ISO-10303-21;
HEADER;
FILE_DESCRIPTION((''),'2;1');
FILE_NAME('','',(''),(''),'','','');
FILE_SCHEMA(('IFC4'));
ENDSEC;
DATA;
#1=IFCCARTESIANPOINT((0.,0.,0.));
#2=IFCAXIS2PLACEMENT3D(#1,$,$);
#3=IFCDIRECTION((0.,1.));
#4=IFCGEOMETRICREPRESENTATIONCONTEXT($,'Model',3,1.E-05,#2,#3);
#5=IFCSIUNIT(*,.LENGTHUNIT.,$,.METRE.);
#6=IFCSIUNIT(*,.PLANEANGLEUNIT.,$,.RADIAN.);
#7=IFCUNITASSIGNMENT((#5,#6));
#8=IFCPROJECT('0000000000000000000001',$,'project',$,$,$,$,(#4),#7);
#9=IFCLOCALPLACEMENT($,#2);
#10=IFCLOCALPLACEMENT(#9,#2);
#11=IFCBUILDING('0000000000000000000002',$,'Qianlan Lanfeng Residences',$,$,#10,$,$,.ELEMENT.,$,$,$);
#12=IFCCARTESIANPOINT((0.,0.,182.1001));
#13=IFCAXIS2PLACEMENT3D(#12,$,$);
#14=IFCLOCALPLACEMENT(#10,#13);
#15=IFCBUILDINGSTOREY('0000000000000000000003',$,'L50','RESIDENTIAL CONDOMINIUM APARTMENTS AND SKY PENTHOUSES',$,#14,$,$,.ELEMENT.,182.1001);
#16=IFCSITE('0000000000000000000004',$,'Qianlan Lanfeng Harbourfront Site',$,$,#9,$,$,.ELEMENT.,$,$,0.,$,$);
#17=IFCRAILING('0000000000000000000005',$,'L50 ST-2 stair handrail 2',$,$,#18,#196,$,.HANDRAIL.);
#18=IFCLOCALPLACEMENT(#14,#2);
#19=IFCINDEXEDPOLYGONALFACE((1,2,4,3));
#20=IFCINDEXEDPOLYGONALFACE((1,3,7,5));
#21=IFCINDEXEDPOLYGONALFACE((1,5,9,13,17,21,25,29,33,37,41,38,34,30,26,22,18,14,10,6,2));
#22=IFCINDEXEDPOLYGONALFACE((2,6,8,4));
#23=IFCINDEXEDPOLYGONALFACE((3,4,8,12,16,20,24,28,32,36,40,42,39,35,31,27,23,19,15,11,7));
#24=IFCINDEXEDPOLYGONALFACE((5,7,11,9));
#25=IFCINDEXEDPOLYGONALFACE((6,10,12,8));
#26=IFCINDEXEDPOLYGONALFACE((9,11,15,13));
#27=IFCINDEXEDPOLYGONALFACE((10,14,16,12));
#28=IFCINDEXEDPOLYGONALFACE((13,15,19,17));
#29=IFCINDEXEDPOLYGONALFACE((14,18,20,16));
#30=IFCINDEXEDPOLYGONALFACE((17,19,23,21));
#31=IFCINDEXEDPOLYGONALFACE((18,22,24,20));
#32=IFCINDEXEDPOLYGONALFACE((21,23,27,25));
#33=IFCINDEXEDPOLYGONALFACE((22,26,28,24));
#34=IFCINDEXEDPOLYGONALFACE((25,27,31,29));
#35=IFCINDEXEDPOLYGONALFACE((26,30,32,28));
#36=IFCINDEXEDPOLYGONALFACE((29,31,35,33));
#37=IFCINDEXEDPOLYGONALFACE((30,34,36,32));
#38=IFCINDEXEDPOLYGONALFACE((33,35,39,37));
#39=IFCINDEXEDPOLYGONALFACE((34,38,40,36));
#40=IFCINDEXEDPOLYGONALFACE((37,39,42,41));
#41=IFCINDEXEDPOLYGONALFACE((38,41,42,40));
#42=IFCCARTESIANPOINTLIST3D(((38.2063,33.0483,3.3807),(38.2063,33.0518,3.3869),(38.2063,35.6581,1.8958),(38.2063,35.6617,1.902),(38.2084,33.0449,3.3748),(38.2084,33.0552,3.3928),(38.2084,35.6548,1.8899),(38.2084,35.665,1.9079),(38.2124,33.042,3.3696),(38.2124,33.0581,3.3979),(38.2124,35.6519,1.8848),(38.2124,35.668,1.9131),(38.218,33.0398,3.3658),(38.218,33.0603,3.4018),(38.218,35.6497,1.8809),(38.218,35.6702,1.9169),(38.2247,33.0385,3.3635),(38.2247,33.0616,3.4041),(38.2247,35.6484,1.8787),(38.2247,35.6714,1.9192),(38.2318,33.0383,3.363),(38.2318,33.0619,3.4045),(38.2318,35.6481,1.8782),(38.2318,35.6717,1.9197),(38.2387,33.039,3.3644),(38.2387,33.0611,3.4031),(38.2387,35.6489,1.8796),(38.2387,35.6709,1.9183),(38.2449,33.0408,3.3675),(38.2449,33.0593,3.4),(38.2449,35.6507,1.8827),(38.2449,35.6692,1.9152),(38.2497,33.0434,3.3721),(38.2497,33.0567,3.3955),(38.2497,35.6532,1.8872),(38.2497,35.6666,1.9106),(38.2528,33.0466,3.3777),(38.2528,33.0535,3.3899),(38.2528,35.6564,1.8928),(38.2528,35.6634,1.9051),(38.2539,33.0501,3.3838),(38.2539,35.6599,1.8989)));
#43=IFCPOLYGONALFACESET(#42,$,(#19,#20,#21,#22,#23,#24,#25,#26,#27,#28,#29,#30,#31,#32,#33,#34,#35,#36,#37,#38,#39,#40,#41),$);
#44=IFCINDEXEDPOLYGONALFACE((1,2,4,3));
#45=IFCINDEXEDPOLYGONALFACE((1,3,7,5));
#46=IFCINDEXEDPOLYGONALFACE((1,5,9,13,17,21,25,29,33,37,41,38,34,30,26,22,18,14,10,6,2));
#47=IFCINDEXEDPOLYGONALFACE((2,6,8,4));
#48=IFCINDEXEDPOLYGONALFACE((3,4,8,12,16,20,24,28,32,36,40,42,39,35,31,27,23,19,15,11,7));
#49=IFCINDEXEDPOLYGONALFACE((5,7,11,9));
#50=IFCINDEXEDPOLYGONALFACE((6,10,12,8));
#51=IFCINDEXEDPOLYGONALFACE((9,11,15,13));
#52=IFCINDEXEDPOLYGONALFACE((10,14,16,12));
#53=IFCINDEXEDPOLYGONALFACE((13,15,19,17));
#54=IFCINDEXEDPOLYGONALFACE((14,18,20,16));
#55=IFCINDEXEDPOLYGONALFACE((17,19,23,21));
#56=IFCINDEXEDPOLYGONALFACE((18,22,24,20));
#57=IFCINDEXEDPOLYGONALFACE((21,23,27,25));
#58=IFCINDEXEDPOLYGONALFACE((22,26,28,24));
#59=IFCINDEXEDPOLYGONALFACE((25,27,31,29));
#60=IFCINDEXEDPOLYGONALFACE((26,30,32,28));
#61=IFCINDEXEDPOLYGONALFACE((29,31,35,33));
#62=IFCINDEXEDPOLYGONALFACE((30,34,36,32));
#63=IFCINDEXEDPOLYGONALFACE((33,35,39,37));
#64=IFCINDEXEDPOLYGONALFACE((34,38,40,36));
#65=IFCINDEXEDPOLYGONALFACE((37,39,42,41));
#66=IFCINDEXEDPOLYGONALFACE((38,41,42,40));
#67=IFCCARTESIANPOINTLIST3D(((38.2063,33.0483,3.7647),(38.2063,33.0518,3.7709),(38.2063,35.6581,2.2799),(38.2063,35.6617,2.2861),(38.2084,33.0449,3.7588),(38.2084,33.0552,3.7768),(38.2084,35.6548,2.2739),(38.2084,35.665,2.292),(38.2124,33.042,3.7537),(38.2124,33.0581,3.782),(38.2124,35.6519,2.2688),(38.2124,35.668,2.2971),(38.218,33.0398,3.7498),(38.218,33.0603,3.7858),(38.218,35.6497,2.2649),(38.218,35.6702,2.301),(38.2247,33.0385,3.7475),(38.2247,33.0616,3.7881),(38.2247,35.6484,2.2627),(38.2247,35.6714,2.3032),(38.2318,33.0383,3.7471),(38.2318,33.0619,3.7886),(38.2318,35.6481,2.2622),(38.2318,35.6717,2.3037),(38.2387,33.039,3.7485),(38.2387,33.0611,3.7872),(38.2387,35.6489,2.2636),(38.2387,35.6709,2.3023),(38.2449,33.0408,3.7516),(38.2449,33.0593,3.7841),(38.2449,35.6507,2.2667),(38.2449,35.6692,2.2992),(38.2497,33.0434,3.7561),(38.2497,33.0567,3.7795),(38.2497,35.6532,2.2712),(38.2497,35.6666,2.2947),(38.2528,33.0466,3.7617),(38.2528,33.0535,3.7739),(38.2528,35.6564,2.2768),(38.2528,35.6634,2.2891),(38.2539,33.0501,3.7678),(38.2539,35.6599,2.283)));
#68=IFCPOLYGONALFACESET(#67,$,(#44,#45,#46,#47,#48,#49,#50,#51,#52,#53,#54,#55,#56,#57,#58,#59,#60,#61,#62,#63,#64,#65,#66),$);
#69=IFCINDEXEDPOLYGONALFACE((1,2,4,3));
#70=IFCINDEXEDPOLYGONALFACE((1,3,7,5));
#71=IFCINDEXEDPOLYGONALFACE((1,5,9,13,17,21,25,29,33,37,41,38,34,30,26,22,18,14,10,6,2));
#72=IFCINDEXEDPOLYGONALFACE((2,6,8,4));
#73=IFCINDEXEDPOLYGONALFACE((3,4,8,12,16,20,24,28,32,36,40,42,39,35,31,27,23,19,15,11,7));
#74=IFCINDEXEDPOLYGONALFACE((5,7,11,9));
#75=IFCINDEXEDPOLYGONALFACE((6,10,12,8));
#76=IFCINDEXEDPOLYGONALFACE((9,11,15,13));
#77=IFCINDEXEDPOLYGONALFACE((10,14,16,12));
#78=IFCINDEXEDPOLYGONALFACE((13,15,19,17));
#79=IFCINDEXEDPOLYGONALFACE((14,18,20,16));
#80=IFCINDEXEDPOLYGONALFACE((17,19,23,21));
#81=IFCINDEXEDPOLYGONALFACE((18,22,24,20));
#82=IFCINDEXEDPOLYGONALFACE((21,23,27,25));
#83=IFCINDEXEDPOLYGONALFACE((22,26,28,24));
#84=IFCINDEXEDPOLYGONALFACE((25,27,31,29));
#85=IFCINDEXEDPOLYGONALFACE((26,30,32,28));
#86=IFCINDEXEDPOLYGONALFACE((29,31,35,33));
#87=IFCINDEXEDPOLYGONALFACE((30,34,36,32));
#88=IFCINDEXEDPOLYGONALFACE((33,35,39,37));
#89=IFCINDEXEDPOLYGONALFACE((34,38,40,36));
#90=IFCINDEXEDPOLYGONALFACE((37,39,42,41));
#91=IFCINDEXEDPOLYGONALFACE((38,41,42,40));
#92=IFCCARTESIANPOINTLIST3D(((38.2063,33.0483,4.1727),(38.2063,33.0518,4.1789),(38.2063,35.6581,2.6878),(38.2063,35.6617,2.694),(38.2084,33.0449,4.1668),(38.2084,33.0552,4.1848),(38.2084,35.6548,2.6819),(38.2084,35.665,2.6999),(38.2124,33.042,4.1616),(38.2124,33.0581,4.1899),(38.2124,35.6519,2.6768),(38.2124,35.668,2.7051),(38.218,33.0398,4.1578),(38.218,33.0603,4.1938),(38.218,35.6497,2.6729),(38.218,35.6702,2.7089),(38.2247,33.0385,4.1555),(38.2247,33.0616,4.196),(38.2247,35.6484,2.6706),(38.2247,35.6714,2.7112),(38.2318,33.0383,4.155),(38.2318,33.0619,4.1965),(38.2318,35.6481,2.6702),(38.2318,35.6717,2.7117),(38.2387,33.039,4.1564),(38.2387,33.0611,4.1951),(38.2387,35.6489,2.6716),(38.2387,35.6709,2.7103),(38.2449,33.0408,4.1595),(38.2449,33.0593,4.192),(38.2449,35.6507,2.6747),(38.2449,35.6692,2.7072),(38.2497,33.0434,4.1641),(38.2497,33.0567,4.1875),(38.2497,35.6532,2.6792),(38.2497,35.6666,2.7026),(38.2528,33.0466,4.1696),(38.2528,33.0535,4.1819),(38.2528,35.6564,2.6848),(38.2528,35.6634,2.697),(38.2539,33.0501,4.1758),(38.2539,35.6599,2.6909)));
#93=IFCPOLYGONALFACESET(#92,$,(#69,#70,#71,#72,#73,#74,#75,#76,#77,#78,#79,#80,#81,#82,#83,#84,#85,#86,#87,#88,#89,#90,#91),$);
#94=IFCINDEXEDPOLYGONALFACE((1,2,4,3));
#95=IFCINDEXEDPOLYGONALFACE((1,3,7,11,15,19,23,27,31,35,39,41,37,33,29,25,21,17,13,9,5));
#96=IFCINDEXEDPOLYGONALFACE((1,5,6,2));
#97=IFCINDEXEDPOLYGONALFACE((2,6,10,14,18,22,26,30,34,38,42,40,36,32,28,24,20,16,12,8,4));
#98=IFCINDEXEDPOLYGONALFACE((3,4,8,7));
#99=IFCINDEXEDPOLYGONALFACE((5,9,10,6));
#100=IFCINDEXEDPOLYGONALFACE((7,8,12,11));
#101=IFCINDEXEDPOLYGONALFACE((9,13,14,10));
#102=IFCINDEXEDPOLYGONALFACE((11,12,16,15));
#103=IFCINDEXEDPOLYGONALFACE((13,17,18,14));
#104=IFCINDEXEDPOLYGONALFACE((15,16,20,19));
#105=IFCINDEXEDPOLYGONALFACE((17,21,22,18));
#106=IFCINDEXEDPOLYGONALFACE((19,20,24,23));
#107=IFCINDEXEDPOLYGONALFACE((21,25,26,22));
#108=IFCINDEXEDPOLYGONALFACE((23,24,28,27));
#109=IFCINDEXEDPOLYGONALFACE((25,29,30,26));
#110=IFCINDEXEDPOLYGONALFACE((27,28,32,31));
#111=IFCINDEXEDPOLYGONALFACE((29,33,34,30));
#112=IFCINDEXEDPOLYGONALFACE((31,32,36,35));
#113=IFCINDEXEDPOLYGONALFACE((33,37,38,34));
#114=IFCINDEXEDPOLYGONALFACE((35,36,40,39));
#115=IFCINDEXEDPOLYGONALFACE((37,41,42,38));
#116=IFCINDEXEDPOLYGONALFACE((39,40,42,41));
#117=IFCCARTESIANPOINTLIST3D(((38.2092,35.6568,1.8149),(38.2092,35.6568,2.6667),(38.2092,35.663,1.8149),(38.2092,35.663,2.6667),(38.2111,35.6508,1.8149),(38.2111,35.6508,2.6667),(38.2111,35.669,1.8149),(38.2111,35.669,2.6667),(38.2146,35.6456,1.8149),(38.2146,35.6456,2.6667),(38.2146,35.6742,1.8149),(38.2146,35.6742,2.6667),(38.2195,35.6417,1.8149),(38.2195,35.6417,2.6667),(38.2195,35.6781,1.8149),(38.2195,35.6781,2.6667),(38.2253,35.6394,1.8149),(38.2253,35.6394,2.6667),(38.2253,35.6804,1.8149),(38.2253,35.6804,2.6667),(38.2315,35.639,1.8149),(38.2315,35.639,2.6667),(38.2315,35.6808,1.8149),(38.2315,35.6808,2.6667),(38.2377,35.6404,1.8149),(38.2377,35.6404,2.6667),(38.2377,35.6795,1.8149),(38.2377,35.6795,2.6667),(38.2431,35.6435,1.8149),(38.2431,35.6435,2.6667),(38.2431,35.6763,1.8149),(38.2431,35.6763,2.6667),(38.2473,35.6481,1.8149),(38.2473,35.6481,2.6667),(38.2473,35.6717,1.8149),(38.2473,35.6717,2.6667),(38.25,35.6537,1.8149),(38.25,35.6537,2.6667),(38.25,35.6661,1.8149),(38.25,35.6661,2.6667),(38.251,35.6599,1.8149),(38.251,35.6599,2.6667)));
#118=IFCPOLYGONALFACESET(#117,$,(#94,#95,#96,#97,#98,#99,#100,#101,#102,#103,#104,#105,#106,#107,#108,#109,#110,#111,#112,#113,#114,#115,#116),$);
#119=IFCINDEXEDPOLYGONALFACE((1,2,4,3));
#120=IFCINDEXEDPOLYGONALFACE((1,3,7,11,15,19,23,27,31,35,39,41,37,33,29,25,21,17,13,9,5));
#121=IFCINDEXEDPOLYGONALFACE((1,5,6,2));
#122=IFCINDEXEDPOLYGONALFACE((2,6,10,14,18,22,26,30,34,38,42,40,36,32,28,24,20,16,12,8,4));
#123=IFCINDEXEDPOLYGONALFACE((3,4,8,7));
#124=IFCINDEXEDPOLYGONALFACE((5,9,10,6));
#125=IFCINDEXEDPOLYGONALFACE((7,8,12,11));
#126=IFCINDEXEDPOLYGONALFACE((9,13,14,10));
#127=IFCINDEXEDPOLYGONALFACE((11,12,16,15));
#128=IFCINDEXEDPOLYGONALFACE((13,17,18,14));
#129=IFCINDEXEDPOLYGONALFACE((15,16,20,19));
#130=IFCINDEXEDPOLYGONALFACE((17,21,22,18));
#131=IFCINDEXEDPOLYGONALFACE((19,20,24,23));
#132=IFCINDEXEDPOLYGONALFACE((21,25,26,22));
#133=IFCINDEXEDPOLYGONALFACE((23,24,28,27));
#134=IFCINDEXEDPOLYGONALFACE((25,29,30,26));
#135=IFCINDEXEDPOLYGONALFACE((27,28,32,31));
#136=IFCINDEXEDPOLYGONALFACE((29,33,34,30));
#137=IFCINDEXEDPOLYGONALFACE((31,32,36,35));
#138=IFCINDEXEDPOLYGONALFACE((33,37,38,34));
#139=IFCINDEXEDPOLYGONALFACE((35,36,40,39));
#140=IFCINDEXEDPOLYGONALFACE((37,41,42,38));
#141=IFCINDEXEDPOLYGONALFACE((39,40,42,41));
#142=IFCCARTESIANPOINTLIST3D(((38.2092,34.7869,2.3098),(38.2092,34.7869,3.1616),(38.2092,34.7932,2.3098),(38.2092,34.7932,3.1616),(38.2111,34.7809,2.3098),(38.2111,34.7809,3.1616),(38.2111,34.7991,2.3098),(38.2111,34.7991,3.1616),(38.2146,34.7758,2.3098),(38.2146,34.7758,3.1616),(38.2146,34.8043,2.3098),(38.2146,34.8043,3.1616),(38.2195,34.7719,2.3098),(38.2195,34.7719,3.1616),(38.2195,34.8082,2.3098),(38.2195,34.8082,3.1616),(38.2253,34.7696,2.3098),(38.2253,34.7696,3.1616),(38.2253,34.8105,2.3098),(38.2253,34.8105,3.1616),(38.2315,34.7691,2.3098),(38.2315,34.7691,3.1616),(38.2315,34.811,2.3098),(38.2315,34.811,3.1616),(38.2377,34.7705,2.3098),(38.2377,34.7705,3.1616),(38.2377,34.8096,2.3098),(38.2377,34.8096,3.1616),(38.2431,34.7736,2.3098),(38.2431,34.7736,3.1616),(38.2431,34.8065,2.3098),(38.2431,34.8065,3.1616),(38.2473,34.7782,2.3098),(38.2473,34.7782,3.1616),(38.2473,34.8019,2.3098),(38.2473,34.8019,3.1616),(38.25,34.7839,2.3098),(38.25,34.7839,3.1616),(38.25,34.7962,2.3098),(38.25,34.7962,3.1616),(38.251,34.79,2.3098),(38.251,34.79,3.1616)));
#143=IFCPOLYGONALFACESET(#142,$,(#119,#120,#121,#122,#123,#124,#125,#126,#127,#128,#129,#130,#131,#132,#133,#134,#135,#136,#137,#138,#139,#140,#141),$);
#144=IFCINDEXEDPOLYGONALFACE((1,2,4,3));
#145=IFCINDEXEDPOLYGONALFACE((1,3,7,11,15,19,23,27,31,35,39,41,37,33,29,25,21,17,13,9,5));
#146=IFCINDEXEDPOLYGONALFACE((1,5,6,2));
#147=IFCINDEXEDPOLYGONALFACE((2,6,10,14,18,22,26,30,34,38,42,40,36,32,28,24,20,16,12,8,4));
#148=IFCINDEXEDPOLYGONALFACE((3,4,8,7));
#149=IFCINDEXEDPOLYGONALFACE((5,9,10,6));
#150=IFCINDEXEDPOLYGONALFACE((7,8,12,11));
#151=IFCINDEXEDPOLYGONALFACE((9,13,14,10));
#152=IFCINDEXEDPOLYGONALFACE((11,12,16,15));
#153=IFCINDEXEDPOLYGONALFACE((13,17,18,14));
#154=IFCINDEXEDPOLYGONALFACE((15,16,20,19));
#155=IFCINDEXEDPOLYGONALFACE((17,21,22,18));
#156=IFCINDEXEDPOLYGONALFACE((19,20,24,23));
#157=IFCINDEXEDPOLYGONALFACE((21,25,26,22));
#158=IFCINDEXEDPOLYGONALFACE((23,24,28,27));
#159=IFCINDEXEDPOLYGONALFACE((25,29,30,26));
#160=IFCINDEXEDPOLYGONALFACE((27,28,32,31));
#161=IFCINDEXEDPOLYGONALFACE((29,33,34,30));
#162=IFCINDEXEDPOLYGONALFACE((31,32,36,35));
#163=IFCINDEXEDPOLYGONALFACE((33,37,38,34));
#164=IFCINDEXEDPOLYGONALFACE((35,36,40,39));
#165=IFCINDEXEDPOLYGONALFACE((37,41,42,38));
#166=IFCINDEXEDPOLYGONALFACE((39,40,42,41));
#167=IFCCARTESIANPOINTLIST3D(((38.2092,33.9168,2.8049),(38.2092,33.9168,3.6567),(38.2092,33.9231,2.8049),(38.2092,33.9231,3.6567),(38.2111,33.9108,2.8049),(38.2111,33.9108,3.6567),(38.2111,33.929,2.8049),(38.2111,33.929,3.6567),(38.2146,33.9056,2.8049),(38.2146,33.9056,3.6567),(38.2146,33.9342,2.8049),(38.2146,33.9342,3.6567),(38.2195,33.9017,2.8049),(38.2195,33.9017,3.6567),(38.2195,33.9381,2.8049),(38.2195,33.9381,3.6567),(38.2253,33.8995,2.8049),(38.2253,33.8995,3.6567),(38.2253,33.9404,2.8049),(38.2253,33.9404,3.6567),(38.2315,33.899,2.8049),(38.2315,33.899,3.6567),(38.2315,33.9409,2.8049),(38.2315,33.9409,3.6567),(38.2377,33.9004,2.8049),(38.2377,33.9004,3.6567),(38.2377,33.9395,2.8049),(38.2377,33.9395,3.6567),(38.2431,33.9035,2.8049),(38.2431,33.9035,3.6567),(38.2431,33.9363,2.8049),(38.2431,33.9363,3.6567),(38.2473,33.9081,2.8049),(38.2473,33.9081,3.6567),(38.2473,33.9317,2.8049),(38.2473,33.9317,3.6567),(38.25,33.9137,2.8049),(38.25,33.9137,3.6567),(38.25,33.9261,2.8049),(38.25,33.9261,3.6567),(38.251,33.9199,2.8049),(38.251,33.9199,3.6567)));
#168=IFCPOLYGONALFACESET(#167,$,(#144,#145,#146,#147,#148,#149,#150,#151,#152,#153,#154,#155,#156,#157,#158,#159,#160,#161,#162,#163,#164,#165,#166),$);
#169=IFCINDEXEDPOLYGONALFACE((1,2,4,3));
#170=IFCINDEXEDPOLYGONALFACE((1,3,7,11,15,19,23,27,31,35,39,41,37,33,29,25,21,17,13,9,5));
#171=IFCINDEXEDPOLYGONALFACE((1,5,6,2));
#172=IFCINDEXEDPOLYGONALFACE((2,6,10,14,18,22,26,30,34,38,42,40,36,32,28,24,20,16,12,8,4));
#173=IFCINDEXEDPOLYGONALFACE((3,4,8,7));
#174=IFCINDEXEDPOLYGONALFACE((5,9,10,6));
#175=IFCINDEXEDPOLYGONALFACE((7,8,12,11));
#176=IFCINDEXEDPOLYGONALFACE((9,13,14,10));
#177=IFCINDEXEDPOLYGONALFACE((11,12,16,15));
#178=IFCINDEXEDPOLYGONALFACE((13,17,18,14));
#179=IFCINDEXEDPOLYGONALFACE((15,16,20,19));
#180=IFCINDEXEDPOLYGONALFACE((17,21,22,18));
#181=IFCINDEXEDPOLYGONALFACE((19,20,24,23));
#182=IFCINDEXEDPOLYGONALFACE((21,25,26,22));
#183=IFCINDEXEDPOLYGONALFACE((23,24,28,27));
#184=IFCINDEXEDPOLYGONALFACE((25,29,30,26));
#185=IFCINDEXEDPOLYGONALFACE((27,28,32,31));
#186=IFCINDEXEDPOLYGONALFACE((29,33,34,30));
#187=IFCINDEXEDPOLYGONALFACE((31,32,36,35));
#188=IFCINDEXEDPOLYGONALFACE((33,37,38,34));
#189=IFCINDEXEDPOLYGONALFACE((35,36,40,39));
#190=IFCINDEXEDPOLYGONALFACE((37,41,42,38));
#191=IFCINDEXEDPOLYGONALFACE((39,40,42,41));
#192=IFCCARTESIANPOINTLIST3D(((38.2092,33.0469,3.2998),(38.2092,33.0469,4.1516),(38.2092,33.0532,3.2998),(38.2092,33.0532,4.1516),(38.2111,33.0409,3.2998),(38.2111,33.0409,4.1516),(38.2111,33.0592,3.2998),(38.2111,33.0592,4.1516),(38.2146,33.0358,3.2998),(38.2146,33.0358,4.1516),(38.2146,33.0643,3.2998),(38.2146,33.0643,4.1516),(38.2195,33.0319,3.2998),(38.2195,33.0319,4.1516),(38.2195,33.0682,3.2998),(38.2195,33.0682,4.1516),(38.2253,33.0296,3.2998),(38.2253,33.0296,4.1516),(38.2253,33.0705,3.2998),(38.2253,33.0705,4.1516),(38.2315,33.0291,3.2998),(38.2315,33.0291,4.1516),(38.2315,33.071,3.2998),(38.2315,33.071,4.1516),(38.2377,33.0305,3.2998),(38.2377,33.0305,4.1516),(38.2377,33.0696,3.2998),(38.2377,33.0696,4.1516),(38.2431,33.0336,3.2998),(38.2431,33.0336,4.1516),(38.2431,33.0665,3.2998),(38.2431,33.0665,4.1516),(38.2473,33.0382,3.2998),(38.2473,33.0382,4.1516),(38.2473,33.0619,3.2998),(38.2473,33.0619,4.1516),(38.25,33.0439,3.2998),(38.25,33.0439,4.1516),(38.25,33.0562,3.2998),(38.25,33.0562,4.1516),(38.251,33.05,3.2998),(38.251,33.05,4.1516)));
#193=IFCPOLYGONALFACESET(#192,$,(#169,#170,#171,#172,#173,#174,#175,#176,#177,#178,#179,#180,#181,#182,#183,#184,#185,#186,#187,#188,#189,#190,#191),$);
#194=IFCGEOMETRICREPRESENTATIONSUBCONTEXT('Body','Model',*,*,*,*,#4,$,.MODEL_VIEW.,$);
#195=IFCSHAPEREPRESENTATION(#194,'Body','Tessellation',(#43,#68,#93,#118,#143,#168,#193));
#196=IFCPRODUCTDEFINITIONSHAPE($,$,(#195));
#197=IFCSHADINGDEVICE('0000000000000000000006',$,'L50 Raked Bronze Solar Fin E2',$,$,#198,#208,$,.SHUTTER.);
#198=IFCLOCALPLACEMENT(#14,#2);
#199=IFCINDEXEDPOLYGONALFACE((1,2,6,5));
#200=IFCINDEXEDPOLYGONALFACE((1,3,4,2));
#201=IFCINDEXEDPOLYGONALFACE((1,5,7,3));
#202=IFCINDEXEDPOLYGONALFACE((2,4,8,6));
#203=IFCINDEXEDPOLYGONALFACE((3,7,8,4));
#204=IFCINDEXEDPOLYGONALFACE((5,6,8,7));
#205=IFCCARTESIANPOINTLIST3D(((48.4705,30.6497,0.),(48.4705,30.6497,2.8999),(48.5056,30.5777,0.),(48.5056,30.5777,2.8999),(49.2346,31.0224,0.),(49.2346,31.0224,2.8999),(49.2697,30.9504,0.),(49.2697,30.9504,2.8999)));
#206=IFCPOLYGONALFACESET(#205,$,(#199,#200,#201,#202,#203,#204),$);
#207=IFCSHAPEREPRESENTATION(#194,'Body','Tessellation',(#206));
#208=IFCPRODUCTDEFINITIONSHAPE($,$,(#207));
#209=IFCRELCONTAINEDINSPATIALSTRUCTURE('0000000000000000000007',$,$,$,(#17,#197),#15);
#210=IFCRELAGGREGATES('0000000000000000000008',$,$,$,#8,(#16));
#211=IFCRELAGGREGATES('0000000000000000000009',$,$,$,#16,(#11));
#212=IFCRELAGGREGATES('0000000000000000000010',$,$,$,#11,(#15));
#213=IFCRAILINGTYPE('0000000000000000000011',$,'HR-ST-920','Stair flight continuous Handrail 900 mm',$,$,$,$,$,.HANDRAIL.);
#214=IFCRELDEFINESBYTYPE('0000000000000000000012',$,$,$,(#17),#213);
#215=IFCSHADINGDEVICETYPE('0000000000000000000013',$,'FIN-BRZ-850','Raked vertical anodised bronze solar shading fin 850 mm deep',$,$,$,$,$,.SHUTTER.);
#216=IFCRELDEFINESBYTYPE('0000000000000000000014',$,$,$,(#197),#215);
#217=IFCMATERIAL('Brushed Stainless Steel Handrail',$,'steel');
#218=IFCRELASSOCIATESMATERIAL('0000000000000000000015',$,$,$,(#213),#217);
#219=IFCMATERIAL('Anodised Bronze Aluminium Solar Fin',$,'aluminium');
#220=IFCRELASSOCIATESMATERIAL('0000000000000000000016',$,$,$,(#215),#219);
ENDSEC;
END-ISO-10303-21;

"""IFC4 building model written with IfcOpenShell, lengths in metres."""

from ifc_helpers import new_model, si_unit, direction, frame, origin, origin_2d, place, context, subcontext, project, spatial, rectangle, circle, extrude, source, transform, mapped, material, type_object, element, save


model = new_model("IFC4")

# Units and contexts
model_context = context("Model", 3, precision=1e-05, world=origin(), true_north=direction((0.0, 1.0)))
body_context = subcontext(model_context, "Body", "Model", "MODEL_VIEW")
ifc_project = project(units=[si_unit("LENGTHUNIT", "METRE"), si_unit("PLANEANGLEUNIT", "RADIAN")], contexts=[model_context])

# Site, building, storey
site_placement = place(None, origin())
site = spatial("IfcSite", under=ifc_project, at=site_placement, Name="Qianlan Lanfeng Harbourfront Site", CompositionType="ELEMENT", RefElevation=0.0)
building_placement = place(site_placement, origin())
building = spatial("IfcBuilding", under=site, at=building_placement, Name="Qianlan Lanfeng Residences", CompositionType="ELEMENT")
storey_placement = place(building_placement, frame((0.0, 0.0, 182.1001)))
storey = spatial("IfcBuildingStorey", under=building, at=storey_placement, Name="L50", Description="RESIDENTIAL CONDOMINIUM APARTMENTS AND SKY PENTHOUSES", CompositionType="ELEMENT", Elevation=182.1001)

# Railing
ifc_material_1 = material(Name="Brushed Stainless Steel Handrail", Category="steel")
railing_type_1 = type_object("IfcRailingType", Name="HR-ST-920", Description="Stair flight continuous Handrail 900 mm", PredefinedType="HANDRAIL", material=ifc_material_1)
railing_1_placement = place(storey_placement, frame((38.23, 35.6599, 1.8149)))
element("IfcRailing", 1, at=railing_1_placement, inside=storey, type_object=railing_type_1, Name="L50 ST-2 stair handrail 2", PredefinedType="HANDRAIL", context=body_context, shape_type="SweptSolid", body=[
    extrude(circle(Radius=0.0239, at=origin_2d()), frame((0.0, 0.0, 0.084), z_axis=(0.0, -0.869172, 0.494509), x_axis=(1.0, 0.0, 0.0)), (0.0, 0.0, 1.0), 3.0027),
    extrude(circle(Radius=0.0239, at=origin_2d()), frame((0.0, 0.0, 0.468), z_axis=(0.0, -0.869172, 0.494509), x_axis=(1.0, 0.0, 0.0)), (0.0, 0.0, 1.0), 3.0027),
    extrude(circle(Radius=0.0239, at=origin_2d()), frame((0.0, 0.0, 0.876), z_axis=(0.0, -0.869172, 0.494509), x_axis=(1.0, 0.0, 0.0)), (0.0, 0.0, 1.0), 3.0027),
    extrude(circle(Radius=0.021, at=origin_2d()), origin(), (0.0, 0.0, 1.0), 0.8518),
    extrude(circle(Radius=0.021, at=origin_2d()), frame((0.0, -0.8699, 0.4949)), (0.0, 0.0, 1.0), 0.8518),
    extrude(circle(Radius=0.021, at=origin_2d()), frame((0.0, -1.74, 0.99)), (0.0, 0.0, 1.0), 0.8518),
    extrude(circle(Radius=0.021, at=origin_2d()), frame((0.0, -2.6099, 1.4849)), (0.0, 0.0, 1.0), 0.8518),
])

# Shading device
ifc_material_2 = material(Name="Anodised Bronze Aluminium Solar Fin", Category="aluminium")
shading_device_type = type_object("IfcShadingDeviceType", Name="FIN-BRZ-850", Description="Raked vertical anodised bronze solar shading fin 850 mm deep", PredefinedType="SHUTTER", material=ifc_material_2)
shared_shape_1 = source(origin(), body_context, "Body", "SweptSolid", [
    extrude(rectangle(XDim=0.8501, YDim=0.0801, at=origin_2d()), origin(), (0.0, 0.0, 1.0), 2.8999),
])
shading_device_placement = place(storey_placement, frame((48.8701, 30.8, 0.0), z_axis=(0.0, 0.0, 1.0), x_axis=(0.898794, 0.438371, 0.0)))
element("IfcShadingDevice", 2, at=shading_device_placement, inside=storey, type_object=shading_device_type, Name="L50 Raked Bronze Solar Fin E2", PredefinedType="SHUTTER", context=body_context, shape_type="MappedRepresentation", body=[
    mapped(shared_shape_1, transform((0.0, 0.0, 0.0), scale=1.0)),
])

save(model, "model.ifc")
